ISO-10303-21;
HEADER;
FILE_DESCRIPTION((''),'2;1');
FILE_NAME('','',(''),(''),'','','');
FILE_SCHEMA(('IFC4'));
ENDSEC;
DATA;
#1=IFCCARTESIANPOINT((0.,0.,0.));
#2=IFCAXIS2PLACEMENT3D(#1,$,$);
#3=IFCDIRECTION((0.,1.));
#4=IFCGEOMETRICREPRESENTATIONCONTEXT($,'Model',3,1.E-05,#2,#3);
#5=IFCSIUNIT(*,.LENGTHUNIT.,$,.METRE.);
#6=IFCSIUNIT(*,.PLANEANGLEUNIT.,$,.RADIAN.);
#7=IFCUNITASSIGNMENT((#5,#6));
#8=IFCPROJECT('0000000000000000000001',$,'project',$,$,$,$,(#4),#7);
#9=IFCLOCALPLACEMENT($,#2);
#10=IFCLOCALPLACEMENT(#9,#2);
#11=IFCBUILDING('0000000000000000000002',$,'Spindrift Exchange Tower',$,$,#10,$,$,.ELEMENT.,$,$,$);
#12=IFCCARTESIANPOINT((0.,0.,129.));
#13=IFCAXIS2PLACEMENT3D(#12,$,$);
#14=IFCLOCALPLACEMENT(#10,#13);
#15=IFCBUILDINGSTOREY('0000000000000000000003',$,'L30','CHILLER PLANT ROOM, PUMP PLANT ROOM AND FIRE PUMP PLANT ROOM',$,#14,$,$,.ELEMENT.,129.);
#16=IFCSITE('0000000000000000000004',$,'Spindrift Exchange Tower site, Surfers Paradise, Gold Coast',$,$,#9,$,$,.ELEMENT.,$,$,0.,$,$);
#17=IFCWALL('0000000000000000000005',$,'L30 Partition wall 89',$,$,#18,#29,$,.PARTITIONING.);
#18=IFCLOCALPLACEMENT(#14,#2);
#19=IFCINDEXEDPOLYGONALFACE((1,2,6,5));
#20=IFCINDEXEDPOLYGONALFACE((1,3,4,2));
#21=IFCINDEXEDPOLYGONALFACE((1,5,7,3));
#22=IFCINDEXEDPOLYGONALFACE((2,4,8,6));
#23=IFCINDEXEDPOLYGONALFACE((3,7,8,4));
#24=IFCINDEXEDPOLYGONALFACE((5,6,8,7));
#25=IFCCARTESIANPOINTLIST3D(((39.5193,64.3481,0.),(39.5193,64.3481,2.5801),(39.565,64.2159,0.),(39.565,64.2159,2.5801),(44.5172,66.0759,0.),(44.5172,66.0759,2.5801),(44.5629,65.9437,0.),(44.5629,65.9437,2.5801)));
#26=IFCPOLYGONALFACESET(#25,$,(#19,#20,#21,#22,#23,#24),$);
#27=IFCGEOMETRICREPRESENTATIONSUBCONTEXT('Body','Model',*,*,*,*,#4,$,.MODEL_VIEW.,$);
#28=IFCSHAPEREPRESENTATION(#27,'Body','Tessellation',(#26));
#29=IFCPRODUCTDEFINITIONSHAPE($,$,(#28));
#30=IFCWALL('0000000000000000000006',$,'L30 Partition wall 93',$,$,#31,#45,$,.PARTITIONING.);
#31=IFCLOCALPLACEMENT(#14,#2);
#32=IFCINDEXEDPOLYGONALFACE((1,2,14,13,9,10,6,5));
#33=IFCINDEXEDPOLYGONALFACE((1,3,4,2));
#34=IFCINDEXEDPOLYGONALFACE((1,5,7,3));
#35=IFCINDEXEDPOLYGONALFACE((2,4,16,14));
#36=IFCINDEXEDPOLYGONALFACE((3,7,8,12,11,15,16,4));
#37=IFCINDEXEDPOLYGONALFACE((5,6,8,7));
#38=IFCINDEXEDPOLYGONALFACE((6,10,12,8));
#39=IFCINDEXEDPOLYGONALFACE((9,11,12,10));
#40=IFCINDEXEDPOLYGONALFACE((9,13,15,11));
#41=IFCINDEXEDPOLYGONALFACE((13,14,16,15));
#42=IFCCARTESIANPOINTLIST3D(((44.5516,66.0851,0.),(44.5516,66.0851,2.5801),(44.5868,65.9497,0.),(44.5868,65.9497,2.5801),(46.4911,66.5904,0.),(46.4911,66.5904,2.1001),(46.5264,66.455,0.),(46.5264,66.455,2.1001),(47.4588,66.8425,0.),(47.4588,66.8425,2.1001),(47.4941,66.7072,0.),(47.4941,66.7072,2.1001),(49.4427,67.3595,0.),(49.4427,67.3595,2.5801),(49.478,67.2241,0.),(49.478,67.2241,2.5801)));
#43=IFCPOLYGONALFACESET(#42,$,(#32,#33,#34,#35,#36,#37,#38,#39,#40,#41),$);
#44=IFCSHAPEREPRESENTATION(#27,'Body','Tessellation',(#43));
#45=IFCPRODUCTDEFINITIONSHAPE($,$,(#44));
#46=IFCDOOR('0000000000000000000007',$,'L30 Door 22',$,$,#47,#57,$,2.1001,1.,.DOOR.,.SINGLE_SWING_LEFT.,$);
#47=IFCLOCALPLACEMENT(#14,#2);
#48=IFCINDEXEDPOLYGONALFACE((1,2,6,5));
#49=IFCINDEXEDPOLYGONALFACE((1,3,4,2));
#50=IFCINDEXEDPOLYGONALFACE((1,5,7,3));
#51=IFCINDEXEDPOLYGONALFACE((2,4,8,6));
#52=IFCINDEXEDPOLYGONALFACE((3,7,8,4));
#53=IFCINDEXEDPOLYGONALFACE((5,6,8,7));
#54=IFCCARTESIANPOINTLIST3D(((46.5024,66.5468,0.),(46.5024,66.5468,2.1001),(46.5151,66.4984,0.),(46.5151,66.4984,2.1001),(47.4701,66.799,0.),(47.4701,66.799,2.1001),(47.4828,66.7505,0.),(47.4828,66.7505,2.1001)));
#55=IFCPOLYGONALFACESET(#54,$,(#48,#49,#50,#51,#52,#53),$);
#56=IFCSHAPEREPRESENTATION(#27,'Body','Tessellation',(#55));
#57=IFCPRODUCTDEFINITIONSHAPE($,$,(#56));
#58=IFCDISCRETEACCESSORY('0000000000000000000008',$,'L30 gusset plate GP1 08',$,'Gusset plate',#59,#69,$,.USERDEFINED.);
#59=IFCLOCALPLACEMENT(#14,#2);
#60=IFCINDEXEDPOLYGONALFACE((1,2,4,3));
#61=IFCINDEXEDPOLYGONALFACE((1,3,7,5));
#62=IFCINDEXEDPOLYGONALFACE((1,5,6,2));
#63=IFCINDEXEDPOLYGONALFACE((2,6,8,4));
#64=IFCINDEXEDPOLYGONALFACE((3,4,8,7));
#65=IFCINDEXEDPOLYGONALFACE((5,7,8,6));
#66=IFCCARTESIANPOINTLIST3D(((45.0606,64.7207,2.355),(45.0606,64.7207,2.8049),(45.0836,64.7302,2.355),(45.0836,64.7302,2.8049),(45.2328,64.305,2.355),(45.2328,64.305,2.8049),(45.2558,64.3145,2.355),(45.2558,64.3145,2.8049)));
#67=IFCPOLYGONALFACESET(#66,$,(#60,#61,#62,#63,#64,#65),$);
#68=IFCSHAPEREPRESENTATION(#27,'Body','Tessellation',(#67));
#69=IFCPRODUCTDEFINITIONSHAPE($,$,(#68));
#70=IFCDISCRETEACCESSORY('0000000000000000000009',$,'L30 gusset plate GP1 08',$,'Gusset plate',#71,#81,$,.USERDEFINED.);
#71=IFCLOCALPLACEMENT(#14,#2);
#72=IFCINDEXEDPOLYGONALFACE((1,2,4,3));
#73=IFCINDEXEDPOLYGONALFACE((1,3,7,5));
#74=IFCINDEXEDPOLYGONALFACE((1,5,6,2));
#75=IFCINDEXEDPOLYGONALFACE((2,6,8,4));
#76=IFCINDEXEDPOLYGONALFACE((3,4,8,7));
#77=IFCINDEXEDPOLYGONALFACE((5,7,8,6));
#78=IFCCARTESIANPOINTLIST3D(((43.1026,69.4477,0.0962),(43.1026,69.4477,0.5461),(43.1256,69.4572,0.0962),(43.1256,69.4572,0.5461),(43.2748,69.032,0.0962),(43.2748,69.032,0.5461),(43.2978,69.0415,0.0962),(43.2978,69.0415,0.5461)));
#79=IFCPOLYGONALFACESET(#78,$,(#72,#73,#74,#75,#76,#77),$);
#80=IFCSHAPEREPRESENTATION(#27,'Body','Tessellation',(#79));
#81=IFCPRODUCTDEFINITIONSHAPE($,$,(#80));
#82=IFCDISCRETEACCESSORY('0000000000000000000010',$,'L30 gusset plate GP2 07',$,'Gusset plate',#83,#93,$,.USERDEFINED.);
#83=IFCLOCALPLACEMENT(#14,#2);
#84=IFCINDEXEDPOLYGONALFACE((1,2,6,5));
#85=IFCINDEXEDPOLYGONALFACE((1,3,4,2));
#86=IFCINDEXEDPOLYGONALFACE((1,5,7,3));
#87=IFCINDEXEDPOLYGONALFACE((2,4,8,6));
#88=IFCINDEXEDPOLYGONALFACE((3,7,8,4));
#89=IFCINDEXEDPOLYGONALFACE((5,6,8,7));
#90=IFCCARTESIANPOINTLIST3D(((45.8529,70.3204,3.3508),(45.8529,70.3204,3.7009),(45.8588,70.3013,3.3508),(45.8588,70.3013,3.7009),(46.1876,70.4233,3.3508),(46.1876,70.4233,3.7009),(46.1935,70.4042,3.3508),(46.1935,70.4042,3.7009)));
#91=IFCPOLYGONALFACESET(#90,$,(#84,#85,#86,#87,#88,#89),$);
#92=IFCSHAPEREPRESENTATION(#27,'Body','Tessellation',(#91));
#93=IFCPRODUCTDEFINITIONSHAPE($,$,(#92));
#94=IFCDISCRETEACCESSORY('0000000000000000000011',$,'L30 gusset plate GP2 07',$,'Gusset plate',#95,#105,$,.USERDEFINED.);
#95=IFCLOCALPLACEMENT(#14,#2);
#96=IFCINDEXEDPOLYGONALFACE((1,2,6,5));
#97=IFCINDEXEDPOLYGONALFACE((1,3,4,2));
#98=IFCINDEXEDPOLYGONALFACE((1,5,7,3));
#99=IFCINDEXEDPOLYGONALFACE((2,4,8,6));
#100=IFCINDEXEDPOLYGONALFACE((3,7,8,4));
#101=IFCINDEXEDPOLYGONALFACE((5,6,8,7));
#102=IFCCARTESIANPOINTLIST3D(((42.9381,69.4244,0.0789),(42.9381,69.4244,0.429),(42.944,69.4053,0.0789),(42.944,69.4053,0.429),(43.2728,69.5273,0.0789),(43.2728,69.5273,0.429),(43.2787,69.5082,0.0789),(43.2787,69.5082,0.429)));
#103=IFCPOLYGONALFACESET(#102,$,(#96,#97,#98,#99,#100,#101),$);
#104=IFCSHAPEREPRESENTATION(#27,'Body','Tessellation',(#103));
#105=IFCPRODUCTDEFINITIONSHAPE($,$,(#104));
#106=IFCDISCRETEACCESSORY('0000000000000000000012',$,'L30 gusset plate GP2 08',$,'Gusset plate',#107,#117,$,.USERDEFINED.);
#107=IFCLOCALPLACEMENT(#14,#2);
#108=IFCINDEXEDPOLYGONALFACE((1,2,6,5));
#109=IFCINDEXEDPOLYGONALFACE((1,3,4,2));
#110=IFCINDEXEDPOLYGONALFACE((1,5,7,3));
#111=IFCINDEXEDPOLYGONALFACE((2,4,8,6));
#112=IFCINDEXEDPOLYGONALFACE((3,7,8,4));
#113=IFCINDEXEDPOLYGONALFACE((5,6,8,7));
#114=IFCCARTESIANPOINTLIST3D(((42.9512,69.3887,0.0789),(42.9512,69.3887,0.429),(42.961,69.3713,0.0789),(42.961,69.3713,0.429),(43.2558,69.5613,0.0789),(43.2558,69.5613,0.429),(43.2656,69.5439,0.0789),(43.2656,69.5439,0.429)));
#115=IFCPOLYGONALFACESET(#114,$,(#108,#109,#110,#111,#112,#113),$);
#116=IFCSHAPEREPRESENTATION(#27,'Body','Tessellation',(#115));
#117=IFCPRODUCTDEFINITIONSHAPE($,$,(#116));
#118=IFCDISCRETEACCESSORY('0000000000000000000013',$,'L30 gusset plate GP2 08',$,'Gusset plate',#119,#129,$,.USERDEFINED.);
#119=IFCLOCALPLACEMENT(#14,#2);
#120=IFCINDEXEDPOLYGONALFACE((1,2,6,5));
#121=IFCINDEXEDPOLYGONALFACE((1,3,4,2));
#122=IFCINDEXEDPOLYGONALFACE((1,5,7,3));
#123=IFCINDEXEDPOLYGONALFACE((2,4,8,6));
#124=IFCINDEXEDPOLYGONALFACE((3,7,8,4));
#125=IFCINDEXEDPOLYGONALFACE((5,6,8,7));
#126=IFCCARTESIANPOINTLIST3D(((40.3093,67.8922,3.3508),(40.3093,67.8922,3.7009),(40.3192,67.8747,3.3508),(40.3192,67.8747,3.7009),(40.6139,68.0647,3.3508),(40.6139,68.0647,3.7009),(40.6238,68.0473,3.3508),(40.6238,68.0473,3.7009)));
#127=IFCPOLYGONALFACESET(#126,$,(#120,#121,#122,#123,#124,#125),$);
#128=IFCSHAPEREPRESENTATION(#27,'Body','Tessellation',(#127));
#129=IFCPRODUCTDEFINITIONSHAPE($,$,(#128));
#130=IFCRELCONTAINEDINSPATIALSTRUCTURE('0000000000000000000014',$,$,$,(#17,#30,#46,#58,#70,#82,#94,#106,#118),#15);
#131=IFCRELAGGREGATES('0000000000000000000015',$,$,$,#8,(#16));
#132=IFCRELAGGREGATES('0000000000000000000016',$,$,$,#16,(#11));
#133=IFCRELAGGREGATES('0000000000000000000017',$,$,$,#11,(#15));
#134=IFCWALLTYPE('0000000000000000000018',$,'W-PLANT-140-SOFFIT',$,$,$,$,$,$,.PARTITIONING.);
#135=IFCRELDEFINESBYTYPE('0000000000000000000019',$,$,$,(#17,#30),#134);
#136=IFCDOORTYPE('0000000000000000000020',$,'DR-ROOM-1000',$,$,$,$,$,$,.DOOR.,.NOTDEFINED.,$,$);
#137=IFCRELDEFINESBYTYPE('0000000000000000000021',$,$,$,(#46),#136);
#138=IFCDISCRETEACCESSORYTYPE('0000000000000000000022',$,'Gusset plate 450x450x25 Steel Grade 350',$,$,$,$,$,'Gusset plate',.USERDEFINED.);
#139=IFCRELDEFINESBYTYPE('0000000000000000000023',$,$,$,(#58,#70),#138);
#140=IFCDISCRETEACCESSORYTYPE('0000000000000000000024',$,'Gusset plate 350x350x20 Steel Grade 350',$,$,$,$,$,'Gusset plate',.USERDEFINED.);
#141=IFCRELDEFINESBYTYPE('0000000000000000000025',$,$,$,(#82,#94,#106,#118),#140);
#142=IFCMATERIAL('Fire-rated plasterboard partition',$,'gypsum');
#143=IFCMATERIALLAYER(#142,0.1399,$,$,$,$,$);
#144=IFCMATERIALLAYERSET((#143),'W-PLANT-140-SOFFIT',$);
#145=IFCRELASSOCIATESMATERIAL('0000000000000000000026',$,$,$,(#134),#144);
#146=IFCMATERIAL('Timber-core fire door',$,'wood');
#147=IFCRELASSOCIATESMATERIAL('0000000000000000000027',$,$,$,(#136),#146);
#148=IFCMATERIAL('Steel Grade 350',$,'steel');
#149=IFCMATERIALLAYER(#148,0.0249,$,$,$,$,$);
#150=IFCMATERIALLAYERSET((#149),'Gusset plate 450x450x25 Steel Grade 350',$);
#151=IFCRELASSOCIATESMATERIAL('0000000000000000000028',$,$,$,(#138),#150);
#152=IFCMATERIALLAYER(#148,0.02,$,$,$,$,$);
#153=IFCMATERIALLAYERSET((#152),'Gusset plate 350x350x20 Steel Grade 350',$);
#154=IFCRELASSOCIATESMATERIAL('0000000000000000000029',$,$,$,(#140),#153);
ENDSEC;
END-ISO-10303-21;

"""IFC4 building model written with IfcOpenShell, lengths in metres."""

from ifc_helpers import new_model, si_unit, direction, frame, frame_2d, origin, origin_2d, place, context, subcontext, project, spatial, rectangle, extrude, source, transform, mapped, material, layer, layer_set, type_object, element, fill, save


model = new_model("IFC4")

# Units and contexts
model_context = context("Model", 3, precision=1e-05, world=origin(), true_north=direction((0.0, 1.0)))
body_context = subcontext(model_context, "Body", "Model", "MODEL_VIEW")
ifc_project = project(units=[si_unit("LENGTHUNIT", "METRE"), si_unit("PLANEANGLEUNIT", "RADIAN")], contexts=[model_context])

# Site, building, storey
site_placement = place(None, origin())
site = spatial("IfcSite", under=ifc_project, at=site_placement, Name="Spindrift Exchange Tower site, Surfers Paradise, Gold Coast", CompositionType="ELEMENT", RefElevation=0.0)
building_placement = place(site_placement, origin())
building = spatial("IfcBuilding", under=site, at=building_placement, Name="Spindrift Exchange Tower", CompositionType="ELEMENT")
storey_placement = place(building_placement, frame((0.0, 0.0, 129.0)))
storey = spatial("IfcBuildingStorey", under=building, at=storey_placement, Name="L30", Description="CHILLER PLANT ROOM, PUMP PLANT ROOM AND FIRE PUMP PLANT ROOM", CompositionType="ELEMENT", Elevation=129.0)

# Shared definitions
ifc_material_1 = material(Name="Steel Grade 350", Category="steel")

# Wall
ifc_material_2 = material(Name="Fire-rated plasterboard partition", Category="gypsum")
ifc_layer_1 = layer(ifc_material_2, 0.1399)
ifc_layer_set_1 = layer_set([ifc_layer_1], Name="W-PLANT-140-SOFFIT")
wall_type = type_object("IfcWallType", Name="W-PLANT-140-SOFFIT", PredefinedType="PARTITIONING", material=ifc_layer_set_1)
wall_1_placement = place(storey_placement, frame((44.54, 66.0098, 0.0), z_axis=(0.0, 0.0, 1.0), x_axis=(-0.945116, -0.326735, 0.0)))
element("IfcWall", 1, at=wall_1_placement, inside=storey, type_object=wall_type, Name="L30 Partition wall 89", PredefinedType="PARTITIONING", context=body_context, shape_type="SweptSolid", body=[
    extrude(rectangle(XDim=5.2881, YDim=0.1399, at=frame_2d((2.644, 0.0))), origin(), (0.0, 0.0, 1.0), 2.5801),
])

# Wall, opening, door
wall_2_placement = place(storey_placement, frame((44.5691, 66.0173, 0.0), z_axis=(0.0, 0.0, 1.0), x_axis=(0.967691, 0.252139, 0.0)))
wall_2 = element("IfcWall", 2, at=wall_2_placement, inside=storey, type_object=wall_type, Name="L30 Partition wall 93", PredefinedType="PARTITIONING", context=body_context, shape_type="SweptSolid", body=[
    extrude(rectangle(XDim=5.0544, YDim=0.1399, at=frame_2d((2.5273, 0.0))), origin(), (0.0, 0.0, 1.0), 2.5801),
])
opening_placement = place(wall_2_placement, frame((2.0044, 0.0, 0.0)))
opening = element("IfcOpeningElement", 3, at=opening_placement, cuts=wall_2, PredefinedType="OPENING", context=body_context, shape_type="SweptSolid", body=[
    extrude(rectangle(XDim=1.0, YDim=2.1001, at=frame_2d((0.5, 1.05))), frame((0.0, 0.0798, 0.0), z_axis=(0.0, -1.0, 0.0), x_axis=(1.0, 0.0, 0.0)), (0.0, 0.0, 1.0), 0.1599),
])
ifc_material_3 = material(Name="Timber-core fire door", Category="wood")
door_type = type_object("IfcDoorType", Name="DR-ROOM-1000", OperationType="NOTDEFINED", PredefinedType="DOOR", material=ifc_material_3)
shared_shape_1 = source(origin(), body_context, "Body", "SweptSolid", [
    extrude(rectangle(XDim=1.0, YDim=2.1001, at=frame_2d((0.5, 1.05))), frame((0.0, 0.0249, 0.0), z_axis=(0.0, -1.0, 0.0), x_axis=(1.0, 0.0, 0.0)), (0.0, 0.0, 1.0), 0.05),
])
door_placement = place(opening_placement, origin())
door = element("IfcDoor", 4, at=door_placement, inside=storey, type_object=door_type, Name="L30 Door 22", OperationType="SINGLE_SWING_LEFT", OverallHeight=2.1001, OverallWidth=1.0, PredefinedType="DOOR", context=body_context, shape_type="MappedRepresentation", body=[
    mapped(shared_shape_1, transform((0.0, 0.0, 0.0), scale=1.0)),
])
fill(opening, door)

# Discrete accessories
ifc_layer_2 = layer(ifc_material_1, 0.0249)
ifc_layer_set_2 = layer_set([ifc_layer_2], Name="Gusset plate 450x450x25 Steel Grade 350")
discrete_accessory_type_1 = type_object("IfcDiscreteAccessoryType", Name="Gusset plate 450x450x25 Steel Grade 350", ElementType="Gusset plate", PredefinedType="USERDEFINED", material=ifc_layer_set_2)
shared_shape_2 = source(origin(), body_context, "Body", "SweptSolid", [
    extrude(rectangle(XDim=0.45, YDim=0.0249, at=origin_2d()), origin(), (0.0, 0.0, 1.0), 0.45),
])
for number, where, z_axis, x_axis, name in (
    (5, (45.1582, 64.5176, 2.355), (0.0, 0.0, 1.0), (-0.382672, 0.923884, 0.0), "L30 gusset plate GP1 08"),
    (6, (43.2002, 69.2446, 0.0962), (0.0, 0.0, 1.0), (-0.382672, 0.923884, 0.0), "L30 gusset plate GP1 08"),
):
    element("IfcDiscreteAccessory", number, at=place(storey_placement, frame(where, z_axis=z_axis, x_axis=x_axis)), inside=storey, type_object=discrete_accessory_type_1, Name=name, ObjectType="Gusset plate", PredefinedType="USERDEFINED", context=body_context, shape_type="MappedRepresentation", body=[
        mapped(shared_shape_2, transform((0.0, 0.0, 0.0), scale=1.0)),
    ])
ifc_layer_3 = layer(ifc_material_1, 0.02)
ifc_layer_set_3 = layer_set([ifc_layer_3], Name="Gusset plate 350x350x20 Steel Grade 350")
discrete_accessory_type_2 = type_object("IfcDiscreteAccessoryType", Name="Gusset plate 350x350x20 Steel Grade 350", ElementType="Gusset plate", PredefinedType="USERDEFINED", material=ifc_layer_set_3)
shared_shape_3 = source(origin(), body_context, "Body", "SweptSolid", [
    extrude(rectangle(XDim=0.3501, YDim=0.02, at=origin_2d()), origin(), (0.0, 0.0, 1.0), 0.3501),
])
for number, where, z_axis, x_axis, name in (
    (7, (46.0232, 70.3623, 3.3508), (0.0, 0.0, 1.0), (-0.955861, -0.293818, 0.0), "L30 gusset plate GP2 07"),
    (8, (43.1084, 69.4663, 0.0789), (0.0, 0.0, 1.0), (-0.955867, -0.293798, 0.0), "L30 gusset plate GP2 07"),
    (9, (43.1084, 69.4663, 0.0789), (0.0, 0.0, 1.0), (-0.870074, -0.492922, 0.0), "L30 gusset plate GP2 08"),
    (10, (40.4666, 67.9697, 3.3508), (0.0, 0.0, 1.0), (-0.870074, -0.492922, 0.0), "L30 gusset plate GP2 08"),
):
    element("IfcDiscreteAccessory", number, at=place(storey_placement, frame(where, z_axis=z_axis, x_axis=x_axis)), inside=storey, type_object=discrete_accessory_type_2, Name=name, ObjectType="Gusset plate", PredefinedType="USERDEFINED", context=body_context, shape_type="MappedRepresentation", body=[
        mapped(shared_shape_3, transform((0.0, 0.0, 0.0), scale=1.0)),
    ])

save(model, "model.ifc")
